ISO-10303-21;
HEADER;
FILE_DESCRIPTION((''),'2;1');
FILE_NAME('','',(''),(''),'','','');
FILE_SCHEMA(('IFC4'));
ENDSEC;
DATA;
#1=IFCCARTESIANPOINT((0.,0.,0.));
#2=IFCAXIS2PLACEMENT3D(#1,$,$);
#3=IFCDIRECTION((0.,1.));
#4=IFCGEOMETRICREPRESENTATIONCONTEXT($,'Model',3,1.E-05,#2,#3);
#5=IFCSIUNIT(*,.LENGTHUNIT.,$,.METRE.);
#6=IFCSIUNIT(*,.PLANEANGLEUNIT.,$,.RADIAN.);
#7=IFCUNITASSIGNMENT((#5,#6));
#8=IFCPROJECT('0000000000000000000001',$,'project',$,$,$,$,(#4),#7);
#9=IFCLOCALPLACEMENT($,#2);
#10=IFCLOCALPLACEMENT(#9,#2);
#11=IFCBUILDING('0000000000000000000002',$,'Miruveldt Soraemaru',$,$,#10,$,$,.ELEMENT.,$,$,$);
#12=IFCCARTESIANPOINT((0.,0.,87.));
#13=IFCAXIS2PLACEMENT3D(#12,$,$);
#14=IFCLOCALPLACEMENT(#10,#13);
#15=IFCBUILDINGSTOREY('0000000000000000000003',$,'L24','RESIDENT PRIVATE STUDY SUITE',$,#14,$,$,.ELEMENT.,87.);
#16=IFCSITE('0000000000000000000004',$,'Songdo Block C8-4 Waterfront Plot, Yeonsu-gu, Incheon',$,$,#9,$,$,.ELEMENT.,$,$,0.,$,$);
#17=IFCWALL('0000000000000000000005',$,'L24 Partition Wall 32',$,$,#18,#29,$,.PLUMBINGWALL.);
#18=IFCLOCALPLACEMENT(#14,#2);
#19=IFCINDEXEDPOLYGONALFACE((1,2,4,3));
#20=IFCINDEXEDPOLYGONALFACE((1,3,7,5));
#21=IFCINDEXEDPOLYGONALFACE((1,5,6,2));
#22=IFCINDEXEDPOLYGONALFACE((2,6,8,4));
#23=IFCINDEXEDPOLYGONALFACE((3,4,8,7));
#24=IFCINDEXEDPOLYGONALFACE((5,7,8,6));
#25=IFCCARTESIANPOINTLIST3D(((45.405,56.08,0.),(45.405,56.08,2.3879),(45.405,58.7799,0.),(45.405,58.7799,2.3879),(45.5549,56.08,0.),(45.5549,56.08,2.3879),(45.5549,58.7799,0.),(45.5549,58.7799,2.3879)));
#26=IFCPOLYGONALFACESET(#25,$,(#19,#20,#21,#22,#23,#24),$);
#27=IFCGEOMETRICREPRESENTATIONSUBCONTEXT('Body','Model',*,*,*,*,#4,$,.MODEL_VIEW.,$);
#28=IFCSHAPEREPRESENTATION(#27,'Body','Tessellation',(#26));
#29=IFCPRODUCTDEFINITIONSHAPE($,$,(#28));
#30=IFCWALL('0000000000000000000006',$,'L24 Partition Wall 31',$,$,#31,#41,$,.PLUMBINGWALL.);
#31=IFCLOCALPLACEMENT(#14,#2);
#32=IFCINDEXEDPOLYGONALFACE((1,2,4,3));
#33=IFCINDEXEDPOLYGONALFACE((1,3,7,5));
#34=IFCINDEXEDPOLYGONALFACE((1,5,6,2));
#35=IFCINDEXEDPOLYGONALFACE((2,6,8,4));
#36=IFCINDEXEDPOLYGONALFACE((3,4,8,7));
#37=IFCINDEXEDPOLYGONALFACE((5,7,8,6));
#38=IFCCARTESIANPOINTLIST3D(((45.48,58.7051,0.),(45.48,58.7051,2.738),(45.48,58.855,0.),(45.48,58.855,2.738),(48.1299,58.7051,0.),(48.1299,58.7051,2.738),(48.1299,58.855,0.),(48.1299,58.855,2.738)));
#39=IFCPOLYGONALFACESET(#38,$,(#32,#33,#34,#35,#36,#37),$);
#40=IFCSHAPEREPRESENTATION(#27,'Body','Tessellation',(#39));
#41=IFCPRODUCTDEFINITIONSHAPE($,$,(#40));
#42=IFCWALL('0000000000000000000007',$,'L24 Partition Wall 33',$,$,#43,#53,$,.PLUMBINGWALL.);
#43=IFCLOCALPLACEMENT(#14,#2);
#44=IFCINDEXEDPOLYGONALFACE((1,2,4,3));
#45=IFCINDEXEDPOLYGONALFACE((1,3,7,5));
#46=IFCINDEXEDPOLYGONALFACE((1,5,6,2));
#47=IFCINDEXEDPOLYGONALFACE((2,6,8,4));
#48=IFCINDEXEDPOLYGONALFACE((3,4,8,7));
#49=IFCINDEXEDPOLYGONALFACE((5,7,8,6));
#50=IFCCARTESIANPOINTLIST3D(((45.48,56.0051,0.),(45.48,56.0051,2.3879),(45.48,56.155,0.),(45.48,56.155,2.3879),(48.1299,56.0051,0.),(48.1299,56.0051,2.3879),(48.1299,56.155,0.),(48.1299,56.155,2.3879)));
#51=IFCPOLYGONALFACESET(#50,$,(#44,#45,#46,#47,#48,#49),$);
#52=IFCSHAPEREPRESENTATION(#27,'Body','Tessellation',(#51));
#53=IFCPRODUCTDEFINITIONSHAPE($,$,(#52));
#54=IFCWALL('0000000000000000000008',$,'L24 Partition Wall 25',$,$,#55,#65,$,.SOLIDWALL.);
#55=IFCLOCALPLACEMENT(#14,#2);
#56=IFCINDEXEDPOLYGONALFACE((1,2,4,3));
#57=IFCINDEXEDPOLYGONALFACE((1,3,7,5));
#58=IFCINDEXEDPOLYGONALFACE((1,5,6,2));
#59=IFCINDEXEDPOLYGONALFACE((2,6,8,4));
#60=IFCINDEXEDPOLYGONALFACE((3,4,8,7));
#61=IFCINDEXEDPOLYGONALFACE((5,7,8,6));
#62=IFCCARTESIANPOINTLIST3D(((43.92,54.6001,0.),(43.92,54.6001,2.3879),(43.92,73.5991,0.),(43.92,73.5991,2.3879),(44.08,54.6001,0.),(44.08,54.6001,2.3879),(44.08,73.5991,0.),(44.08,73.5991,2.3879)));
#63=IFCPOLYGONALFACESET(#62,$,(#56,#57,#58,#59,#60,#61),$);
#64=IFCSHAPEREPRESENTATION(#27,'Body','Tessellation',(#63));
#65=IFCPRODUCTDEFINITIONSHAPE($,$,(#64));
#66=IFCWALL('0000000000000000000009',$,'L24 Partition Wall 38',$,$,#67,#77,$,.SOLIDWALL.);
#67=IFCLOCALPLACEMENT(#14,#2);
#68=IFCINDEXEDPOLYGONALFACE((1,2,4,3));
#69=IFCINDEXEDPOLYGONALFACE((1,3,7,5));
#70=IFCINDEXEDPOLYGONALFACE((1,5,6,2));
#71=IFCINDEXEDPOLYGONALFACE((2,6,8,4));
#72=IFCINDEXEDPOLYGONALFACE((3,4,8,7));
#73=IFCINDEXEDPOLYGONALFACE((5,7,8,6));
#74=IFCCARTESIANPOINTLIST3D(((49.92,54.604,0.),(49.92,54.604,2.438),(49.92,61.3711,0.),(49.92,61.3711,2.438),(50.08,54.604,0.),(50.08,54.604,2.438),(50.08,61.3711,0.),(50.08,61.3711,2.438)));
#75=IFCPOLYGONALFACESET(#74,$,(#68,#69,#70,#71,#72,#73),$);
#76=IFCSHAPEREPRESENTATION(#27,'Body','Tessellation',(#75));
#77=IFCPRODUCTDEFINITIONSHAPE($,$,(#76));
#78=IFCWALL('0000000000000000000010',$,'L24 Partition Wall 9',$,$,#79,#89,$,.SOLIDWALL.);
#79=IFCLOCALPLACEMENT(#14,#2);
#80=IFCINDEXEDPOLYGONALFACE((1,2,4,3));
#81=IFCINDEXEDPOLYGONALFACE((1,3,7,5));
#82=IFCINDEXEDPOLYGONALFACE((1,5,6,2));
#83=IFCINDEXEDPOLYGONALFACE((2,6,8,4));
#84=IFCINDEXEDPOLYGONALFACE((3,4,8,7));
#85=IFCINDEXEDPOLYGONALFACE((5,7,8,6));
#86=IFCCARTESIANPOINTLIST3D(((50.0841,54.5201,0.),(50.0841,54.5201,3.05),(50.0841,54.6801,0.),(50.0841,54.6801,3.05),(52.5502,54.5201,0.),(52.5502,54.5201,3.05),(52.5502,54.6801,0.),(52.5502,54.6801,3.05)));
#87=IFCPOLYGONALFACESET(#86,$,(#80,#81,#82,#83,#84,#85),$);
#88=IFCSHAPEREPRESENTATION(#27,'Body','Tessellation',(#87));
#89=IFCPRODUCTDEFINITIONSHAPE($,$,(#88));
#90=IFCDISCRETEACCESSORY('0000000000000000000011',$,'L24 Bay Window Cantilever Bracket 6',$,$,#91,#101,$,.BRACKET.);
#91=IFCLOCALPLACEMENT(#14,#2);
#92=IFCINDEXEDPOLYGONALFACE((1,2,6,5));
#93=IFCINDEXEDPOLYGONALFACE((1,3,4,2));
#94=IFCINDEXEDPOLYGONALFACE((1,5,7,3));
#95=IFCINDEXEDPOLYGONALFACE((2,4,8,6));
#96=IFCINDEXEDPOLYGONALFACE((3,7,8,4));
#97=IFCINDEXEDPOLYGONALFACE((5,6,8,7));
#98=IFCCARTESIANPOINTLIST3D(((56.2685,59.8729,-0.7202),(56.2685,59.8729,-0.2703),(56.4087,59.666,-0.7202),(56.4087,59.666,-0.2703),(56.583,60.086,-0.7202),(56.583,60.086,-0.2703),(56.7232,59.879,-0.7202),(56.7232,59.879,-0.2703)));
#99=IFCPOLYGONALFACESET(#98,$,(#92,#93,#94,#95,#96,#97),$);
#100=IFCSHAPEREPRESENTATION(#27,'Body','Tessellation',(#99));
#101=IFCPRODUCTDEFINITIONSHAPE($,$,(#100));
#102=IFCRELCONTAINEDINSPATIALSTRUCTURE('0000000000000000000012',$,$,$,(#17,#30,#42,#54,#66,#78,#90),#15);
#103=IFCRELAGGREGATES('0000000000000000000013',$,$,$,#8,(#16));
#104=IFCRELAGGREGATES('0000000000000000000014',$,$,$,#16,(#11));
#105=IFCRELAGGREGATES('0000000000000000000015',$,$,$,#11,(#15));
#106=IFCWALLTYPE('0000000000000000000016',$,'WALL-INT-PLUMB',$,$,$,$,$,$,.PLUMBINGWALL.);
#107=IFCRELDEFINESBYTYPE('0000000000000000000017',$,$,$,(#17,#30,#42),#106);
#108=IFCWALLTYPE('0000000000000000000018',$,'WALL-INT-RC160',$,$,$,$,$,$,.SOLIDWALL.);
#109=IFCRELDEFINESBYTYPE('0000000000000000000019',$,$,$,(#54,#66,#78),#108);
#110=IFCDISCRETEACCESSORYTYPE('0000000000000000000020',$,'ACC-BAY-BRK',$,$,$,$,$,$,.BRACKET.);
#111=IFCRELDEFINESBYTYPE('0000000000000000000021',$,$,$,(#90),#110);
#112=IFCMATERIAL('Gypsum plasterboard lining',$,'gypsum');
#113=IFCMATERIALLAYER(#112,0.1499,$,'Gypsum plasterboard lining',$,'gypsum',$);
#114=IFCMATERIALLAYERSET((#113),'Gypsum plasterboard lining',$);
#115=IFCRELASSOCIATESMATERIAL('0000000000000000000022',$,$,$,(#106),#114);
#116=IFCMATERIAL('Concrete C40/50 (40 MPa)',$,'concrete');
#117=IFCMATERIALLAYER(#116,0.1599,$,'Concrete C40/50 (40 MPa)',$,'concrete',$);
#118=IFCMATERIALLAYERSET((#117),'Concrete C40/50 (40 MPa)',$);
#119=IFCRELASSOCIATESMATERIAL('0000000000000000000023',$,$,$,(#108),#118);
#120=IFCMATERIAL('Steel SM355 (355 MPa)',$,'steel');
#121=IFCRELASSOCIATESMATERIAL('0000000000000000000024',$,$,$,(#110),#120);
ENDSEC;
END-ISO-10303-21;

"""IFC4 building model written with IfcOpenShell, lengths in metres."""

from ifc_helpers import new_model, si_unit, direction, frame, frame_2d, origin, origin_2d, place, context, subcontext, project, spatial, rectangle, extrude, material, layer, layer_set, type_object, element, save


model = new_model("IFC4")

# Units and contexts
model_context = context("Model", 3, precision=1e-05, world=origin(), true_north=direction((0.0, 1.0)))
body_context = subcontext(model_context, "Body", "Model", "MODEL_VIEW")
ifc_project = project(units=[si_unit("LENGTHUNIT", "METRE"), si_unit("PLANEANGLEUNIT", "RADIAN")], contexts=[model_context])

# Site, building, storey
site_placement = place(None, origin())
site = spatial("IfcSite", under=ifc_project, at=site_placement, Name="Songdo Block C8-4 Waterfront Plot, Yeonsu-gu, Incheon", CompositionType="ELEMENT", RefElevation=0.0)
building_placement = place(site_placement, origin())
building = spatial("IfcBuilding", under=site, at=building_placement, Name="Miruveldt Soraemaru", CompositionType="ELEMENT")
storey_placement = place(building_placement, frame((0.0, 0.0, 87.0)))
storey = spatial("IfcBuildingStorey", under=building, at=storey_placement, Name="L24", Description="RESIDENT PRIVATE STUDY SUITE", CompositionType="ELEMENT", Elevation=87.0)

# Shared definitions
ifc_material_1 = material(Name="Steel SM355 (355 MPa)", Category="steel")

# Shared definitions
ifc_material_2 = material(Name="Gypsum plasterboard lining", Category="gypsum")
ifc_layer_1 = layer(ifc_material_2, 0.1499, Name="Gypsum plasterboard lining", Category="gypsum")
ifc_layer_set_1 = layer_set([ifc_layer_1], Name="Gypsum plasterboard lining")
wall_type_1 = type_object("IfcWallType", Name="WALL-INT-PLUMB", PredefinedType="PLUMBINGWALL", material=ifc_layer_set_1)

# Walls
wall_1_placement = place(storey_placement, frame((45.48, 58.78, 0.0), z_axis=(0.0, 0.0, 1.0), x_axis=(0.0, -1.0, 0.0)))
element("IfcWall", 1, at=wall_1_placement, inside=storey, type_object=wall_type_1, Name="L24 Partition Wall 32", PredefinedType="PLUMBINGWALL", context=body_context, shape_type="SweptSolid", body=[
    extrude(rectangle(XDim=2.7, YDim=0.1499, at=frame_2d((1.3501, 0.0))), origin(), (0.0, 0.0, 1.0), 2.3879),
])
wall_2_placement = place(storey_placement, frame((48.1299, 58.78, 0.0), z_axis=(0.0, 0.0, 1.0), x_axis=(-1.0, 0.0, 0.0)))
element("IfcWall", 2, at=wall_2_placement, inside=storey, type_object=wall_type_1, Name="L24 Partition Wall 31", PredefinedType="PLUMBINGWALL", context=body_context, shape_type="SweptSolid", body=[
    extrude(rectangle(XDim=2.6499, YDim=0.1499, at=frame_2d((1.325, 0.0))), origin(), (0.0, 0.0, 1.0), 2.738),
])
wall_3_placement = place(storey_placement, frame((45.48, 56.0801, 0.0), z_axis=(0.0, 0.0, 1.0), x_axis=(1.0, 0.0, 0.0)))
element("IfcWall", 3, at=wall_3_placement, inside=storey, type_object=wall_type_1, Name="L24 Partition Wall 33", PredefinedType="PLUMBINGWALL", context=body_context, shape_type="SweptSolid", body=[
    extrude(rectangle(XDim=2.6499, YDim=0.1499, at=frame_2d((1.325, 0.0))), origin(), (0.0, 0.0, 1.0), 2.3879),
])

# Shared definitions
ifc_material_3 = material(Name="Concrete C40/50 (40 MPa)", Category="concrete")
ifc_layer_2 = layer(ifc_material_3, 0.1599, Name="Concrete C40/50 (40 MPa)", Category="concrete")
ifc_layer_set_2 = layer_set([ifc_layer_2], Name="Concrete C40/50 (40 MPa)")
wall_type_2 = type_object("IfcWallType", Name="WALL-INT-RC160", PredefinedType="SOLIDWALL", material=ifc_layer_set_2)

# Walls
wall_4_placement = place(storey_placement, frame((44.0, 54.6001, 0.0), z_axis=(0.0, 0.0, 1.0), x_axis=(0.0, 1.0, 0.0)))
element("IfcWall", 4, at=wall_4_placement, inside=storey, type_object=wall_type_2, Name="L24 Partition Wall 25", PredefinedType="SOLIDWALL", context=body_context, shape_type="SweptSolid", body=[
    extrude(rectangle(XDim=18.999, YDim=0.1599, at=frame_2d((9.4995, 0.0))), origin(), (0.0, 0.0, 1.0), 2.3879),
])
wall_5_placement = place(storey_placement, frame((50.0, 54.604, 0.0), z_axis=(0.0, 0.0, 1.0), x_axis=(0.0, 1.0, 0.0)))
element("IfcWall", 5, at=wall_5_placement, inside=storey, type_object=wall_type_2, Name="L24 Partition Wall 38", PredefinedType="SOLIDWALL", context=body_context, shape_type="SweptSolid", body=[
    extrude(rectangle(XDim=6.7671, YDim=0.1599, at=frame_2d((3.3835, 0.0))), origin(), (0.0, 0.0, 1.0), 2.438),
])
wall_6_placement = place(storey_placement, frame((52.55, 54.6001, 0.0), z_axis=(0.0, 0.0, 1.0), x_axis=(-1.0, 0.0, 0.0)))
element("IfcWall", 6, at=wall_6_placement, inside=storey, type_object=wall_type_2, Name="L24 Partition Wall 9", PredefinedType="SOLIDWALL", context=body_context, shape_type="SweptSolid", body=[
    extrude(rectangle(XDim=2.4661, YDim=0.1599, at=frame_2d((1.2329, 0.0))), origin(), (0.0, 0.0, 1.0), 3.05),
])

# Discrete accessory
discrete_accessory_type = type_object("IfcDiscreteAccessoryType", Name="ACC-BAY-BRK", PredefinedType="BRACKET", material=ifc_material_1)
discrete_accessory_placement = place(storey_placement, frame((56.4958, 59.876, -0.7202), z_axis=(0.0, 0.0, 1.0), x_axis=(0.827933, 0.560827, 0.0)))
element("IfcDiscreteAccessory", 7, at=discrete_accessory_placement, inside=storey, type_object=discrete_accessory_type, Name="L24 Bay Window Cantilever Bracket 6", PredefinedType="BRACKET", context=body_context, shape_type="SweptSolid", body=[
    extrude(rectangle(XDim=0.3799, YDim=0.25, at=origin_2d()), origin(), (0.0, 0.0, 1.0), 0.45),
])

save(model, "model.ifc")
